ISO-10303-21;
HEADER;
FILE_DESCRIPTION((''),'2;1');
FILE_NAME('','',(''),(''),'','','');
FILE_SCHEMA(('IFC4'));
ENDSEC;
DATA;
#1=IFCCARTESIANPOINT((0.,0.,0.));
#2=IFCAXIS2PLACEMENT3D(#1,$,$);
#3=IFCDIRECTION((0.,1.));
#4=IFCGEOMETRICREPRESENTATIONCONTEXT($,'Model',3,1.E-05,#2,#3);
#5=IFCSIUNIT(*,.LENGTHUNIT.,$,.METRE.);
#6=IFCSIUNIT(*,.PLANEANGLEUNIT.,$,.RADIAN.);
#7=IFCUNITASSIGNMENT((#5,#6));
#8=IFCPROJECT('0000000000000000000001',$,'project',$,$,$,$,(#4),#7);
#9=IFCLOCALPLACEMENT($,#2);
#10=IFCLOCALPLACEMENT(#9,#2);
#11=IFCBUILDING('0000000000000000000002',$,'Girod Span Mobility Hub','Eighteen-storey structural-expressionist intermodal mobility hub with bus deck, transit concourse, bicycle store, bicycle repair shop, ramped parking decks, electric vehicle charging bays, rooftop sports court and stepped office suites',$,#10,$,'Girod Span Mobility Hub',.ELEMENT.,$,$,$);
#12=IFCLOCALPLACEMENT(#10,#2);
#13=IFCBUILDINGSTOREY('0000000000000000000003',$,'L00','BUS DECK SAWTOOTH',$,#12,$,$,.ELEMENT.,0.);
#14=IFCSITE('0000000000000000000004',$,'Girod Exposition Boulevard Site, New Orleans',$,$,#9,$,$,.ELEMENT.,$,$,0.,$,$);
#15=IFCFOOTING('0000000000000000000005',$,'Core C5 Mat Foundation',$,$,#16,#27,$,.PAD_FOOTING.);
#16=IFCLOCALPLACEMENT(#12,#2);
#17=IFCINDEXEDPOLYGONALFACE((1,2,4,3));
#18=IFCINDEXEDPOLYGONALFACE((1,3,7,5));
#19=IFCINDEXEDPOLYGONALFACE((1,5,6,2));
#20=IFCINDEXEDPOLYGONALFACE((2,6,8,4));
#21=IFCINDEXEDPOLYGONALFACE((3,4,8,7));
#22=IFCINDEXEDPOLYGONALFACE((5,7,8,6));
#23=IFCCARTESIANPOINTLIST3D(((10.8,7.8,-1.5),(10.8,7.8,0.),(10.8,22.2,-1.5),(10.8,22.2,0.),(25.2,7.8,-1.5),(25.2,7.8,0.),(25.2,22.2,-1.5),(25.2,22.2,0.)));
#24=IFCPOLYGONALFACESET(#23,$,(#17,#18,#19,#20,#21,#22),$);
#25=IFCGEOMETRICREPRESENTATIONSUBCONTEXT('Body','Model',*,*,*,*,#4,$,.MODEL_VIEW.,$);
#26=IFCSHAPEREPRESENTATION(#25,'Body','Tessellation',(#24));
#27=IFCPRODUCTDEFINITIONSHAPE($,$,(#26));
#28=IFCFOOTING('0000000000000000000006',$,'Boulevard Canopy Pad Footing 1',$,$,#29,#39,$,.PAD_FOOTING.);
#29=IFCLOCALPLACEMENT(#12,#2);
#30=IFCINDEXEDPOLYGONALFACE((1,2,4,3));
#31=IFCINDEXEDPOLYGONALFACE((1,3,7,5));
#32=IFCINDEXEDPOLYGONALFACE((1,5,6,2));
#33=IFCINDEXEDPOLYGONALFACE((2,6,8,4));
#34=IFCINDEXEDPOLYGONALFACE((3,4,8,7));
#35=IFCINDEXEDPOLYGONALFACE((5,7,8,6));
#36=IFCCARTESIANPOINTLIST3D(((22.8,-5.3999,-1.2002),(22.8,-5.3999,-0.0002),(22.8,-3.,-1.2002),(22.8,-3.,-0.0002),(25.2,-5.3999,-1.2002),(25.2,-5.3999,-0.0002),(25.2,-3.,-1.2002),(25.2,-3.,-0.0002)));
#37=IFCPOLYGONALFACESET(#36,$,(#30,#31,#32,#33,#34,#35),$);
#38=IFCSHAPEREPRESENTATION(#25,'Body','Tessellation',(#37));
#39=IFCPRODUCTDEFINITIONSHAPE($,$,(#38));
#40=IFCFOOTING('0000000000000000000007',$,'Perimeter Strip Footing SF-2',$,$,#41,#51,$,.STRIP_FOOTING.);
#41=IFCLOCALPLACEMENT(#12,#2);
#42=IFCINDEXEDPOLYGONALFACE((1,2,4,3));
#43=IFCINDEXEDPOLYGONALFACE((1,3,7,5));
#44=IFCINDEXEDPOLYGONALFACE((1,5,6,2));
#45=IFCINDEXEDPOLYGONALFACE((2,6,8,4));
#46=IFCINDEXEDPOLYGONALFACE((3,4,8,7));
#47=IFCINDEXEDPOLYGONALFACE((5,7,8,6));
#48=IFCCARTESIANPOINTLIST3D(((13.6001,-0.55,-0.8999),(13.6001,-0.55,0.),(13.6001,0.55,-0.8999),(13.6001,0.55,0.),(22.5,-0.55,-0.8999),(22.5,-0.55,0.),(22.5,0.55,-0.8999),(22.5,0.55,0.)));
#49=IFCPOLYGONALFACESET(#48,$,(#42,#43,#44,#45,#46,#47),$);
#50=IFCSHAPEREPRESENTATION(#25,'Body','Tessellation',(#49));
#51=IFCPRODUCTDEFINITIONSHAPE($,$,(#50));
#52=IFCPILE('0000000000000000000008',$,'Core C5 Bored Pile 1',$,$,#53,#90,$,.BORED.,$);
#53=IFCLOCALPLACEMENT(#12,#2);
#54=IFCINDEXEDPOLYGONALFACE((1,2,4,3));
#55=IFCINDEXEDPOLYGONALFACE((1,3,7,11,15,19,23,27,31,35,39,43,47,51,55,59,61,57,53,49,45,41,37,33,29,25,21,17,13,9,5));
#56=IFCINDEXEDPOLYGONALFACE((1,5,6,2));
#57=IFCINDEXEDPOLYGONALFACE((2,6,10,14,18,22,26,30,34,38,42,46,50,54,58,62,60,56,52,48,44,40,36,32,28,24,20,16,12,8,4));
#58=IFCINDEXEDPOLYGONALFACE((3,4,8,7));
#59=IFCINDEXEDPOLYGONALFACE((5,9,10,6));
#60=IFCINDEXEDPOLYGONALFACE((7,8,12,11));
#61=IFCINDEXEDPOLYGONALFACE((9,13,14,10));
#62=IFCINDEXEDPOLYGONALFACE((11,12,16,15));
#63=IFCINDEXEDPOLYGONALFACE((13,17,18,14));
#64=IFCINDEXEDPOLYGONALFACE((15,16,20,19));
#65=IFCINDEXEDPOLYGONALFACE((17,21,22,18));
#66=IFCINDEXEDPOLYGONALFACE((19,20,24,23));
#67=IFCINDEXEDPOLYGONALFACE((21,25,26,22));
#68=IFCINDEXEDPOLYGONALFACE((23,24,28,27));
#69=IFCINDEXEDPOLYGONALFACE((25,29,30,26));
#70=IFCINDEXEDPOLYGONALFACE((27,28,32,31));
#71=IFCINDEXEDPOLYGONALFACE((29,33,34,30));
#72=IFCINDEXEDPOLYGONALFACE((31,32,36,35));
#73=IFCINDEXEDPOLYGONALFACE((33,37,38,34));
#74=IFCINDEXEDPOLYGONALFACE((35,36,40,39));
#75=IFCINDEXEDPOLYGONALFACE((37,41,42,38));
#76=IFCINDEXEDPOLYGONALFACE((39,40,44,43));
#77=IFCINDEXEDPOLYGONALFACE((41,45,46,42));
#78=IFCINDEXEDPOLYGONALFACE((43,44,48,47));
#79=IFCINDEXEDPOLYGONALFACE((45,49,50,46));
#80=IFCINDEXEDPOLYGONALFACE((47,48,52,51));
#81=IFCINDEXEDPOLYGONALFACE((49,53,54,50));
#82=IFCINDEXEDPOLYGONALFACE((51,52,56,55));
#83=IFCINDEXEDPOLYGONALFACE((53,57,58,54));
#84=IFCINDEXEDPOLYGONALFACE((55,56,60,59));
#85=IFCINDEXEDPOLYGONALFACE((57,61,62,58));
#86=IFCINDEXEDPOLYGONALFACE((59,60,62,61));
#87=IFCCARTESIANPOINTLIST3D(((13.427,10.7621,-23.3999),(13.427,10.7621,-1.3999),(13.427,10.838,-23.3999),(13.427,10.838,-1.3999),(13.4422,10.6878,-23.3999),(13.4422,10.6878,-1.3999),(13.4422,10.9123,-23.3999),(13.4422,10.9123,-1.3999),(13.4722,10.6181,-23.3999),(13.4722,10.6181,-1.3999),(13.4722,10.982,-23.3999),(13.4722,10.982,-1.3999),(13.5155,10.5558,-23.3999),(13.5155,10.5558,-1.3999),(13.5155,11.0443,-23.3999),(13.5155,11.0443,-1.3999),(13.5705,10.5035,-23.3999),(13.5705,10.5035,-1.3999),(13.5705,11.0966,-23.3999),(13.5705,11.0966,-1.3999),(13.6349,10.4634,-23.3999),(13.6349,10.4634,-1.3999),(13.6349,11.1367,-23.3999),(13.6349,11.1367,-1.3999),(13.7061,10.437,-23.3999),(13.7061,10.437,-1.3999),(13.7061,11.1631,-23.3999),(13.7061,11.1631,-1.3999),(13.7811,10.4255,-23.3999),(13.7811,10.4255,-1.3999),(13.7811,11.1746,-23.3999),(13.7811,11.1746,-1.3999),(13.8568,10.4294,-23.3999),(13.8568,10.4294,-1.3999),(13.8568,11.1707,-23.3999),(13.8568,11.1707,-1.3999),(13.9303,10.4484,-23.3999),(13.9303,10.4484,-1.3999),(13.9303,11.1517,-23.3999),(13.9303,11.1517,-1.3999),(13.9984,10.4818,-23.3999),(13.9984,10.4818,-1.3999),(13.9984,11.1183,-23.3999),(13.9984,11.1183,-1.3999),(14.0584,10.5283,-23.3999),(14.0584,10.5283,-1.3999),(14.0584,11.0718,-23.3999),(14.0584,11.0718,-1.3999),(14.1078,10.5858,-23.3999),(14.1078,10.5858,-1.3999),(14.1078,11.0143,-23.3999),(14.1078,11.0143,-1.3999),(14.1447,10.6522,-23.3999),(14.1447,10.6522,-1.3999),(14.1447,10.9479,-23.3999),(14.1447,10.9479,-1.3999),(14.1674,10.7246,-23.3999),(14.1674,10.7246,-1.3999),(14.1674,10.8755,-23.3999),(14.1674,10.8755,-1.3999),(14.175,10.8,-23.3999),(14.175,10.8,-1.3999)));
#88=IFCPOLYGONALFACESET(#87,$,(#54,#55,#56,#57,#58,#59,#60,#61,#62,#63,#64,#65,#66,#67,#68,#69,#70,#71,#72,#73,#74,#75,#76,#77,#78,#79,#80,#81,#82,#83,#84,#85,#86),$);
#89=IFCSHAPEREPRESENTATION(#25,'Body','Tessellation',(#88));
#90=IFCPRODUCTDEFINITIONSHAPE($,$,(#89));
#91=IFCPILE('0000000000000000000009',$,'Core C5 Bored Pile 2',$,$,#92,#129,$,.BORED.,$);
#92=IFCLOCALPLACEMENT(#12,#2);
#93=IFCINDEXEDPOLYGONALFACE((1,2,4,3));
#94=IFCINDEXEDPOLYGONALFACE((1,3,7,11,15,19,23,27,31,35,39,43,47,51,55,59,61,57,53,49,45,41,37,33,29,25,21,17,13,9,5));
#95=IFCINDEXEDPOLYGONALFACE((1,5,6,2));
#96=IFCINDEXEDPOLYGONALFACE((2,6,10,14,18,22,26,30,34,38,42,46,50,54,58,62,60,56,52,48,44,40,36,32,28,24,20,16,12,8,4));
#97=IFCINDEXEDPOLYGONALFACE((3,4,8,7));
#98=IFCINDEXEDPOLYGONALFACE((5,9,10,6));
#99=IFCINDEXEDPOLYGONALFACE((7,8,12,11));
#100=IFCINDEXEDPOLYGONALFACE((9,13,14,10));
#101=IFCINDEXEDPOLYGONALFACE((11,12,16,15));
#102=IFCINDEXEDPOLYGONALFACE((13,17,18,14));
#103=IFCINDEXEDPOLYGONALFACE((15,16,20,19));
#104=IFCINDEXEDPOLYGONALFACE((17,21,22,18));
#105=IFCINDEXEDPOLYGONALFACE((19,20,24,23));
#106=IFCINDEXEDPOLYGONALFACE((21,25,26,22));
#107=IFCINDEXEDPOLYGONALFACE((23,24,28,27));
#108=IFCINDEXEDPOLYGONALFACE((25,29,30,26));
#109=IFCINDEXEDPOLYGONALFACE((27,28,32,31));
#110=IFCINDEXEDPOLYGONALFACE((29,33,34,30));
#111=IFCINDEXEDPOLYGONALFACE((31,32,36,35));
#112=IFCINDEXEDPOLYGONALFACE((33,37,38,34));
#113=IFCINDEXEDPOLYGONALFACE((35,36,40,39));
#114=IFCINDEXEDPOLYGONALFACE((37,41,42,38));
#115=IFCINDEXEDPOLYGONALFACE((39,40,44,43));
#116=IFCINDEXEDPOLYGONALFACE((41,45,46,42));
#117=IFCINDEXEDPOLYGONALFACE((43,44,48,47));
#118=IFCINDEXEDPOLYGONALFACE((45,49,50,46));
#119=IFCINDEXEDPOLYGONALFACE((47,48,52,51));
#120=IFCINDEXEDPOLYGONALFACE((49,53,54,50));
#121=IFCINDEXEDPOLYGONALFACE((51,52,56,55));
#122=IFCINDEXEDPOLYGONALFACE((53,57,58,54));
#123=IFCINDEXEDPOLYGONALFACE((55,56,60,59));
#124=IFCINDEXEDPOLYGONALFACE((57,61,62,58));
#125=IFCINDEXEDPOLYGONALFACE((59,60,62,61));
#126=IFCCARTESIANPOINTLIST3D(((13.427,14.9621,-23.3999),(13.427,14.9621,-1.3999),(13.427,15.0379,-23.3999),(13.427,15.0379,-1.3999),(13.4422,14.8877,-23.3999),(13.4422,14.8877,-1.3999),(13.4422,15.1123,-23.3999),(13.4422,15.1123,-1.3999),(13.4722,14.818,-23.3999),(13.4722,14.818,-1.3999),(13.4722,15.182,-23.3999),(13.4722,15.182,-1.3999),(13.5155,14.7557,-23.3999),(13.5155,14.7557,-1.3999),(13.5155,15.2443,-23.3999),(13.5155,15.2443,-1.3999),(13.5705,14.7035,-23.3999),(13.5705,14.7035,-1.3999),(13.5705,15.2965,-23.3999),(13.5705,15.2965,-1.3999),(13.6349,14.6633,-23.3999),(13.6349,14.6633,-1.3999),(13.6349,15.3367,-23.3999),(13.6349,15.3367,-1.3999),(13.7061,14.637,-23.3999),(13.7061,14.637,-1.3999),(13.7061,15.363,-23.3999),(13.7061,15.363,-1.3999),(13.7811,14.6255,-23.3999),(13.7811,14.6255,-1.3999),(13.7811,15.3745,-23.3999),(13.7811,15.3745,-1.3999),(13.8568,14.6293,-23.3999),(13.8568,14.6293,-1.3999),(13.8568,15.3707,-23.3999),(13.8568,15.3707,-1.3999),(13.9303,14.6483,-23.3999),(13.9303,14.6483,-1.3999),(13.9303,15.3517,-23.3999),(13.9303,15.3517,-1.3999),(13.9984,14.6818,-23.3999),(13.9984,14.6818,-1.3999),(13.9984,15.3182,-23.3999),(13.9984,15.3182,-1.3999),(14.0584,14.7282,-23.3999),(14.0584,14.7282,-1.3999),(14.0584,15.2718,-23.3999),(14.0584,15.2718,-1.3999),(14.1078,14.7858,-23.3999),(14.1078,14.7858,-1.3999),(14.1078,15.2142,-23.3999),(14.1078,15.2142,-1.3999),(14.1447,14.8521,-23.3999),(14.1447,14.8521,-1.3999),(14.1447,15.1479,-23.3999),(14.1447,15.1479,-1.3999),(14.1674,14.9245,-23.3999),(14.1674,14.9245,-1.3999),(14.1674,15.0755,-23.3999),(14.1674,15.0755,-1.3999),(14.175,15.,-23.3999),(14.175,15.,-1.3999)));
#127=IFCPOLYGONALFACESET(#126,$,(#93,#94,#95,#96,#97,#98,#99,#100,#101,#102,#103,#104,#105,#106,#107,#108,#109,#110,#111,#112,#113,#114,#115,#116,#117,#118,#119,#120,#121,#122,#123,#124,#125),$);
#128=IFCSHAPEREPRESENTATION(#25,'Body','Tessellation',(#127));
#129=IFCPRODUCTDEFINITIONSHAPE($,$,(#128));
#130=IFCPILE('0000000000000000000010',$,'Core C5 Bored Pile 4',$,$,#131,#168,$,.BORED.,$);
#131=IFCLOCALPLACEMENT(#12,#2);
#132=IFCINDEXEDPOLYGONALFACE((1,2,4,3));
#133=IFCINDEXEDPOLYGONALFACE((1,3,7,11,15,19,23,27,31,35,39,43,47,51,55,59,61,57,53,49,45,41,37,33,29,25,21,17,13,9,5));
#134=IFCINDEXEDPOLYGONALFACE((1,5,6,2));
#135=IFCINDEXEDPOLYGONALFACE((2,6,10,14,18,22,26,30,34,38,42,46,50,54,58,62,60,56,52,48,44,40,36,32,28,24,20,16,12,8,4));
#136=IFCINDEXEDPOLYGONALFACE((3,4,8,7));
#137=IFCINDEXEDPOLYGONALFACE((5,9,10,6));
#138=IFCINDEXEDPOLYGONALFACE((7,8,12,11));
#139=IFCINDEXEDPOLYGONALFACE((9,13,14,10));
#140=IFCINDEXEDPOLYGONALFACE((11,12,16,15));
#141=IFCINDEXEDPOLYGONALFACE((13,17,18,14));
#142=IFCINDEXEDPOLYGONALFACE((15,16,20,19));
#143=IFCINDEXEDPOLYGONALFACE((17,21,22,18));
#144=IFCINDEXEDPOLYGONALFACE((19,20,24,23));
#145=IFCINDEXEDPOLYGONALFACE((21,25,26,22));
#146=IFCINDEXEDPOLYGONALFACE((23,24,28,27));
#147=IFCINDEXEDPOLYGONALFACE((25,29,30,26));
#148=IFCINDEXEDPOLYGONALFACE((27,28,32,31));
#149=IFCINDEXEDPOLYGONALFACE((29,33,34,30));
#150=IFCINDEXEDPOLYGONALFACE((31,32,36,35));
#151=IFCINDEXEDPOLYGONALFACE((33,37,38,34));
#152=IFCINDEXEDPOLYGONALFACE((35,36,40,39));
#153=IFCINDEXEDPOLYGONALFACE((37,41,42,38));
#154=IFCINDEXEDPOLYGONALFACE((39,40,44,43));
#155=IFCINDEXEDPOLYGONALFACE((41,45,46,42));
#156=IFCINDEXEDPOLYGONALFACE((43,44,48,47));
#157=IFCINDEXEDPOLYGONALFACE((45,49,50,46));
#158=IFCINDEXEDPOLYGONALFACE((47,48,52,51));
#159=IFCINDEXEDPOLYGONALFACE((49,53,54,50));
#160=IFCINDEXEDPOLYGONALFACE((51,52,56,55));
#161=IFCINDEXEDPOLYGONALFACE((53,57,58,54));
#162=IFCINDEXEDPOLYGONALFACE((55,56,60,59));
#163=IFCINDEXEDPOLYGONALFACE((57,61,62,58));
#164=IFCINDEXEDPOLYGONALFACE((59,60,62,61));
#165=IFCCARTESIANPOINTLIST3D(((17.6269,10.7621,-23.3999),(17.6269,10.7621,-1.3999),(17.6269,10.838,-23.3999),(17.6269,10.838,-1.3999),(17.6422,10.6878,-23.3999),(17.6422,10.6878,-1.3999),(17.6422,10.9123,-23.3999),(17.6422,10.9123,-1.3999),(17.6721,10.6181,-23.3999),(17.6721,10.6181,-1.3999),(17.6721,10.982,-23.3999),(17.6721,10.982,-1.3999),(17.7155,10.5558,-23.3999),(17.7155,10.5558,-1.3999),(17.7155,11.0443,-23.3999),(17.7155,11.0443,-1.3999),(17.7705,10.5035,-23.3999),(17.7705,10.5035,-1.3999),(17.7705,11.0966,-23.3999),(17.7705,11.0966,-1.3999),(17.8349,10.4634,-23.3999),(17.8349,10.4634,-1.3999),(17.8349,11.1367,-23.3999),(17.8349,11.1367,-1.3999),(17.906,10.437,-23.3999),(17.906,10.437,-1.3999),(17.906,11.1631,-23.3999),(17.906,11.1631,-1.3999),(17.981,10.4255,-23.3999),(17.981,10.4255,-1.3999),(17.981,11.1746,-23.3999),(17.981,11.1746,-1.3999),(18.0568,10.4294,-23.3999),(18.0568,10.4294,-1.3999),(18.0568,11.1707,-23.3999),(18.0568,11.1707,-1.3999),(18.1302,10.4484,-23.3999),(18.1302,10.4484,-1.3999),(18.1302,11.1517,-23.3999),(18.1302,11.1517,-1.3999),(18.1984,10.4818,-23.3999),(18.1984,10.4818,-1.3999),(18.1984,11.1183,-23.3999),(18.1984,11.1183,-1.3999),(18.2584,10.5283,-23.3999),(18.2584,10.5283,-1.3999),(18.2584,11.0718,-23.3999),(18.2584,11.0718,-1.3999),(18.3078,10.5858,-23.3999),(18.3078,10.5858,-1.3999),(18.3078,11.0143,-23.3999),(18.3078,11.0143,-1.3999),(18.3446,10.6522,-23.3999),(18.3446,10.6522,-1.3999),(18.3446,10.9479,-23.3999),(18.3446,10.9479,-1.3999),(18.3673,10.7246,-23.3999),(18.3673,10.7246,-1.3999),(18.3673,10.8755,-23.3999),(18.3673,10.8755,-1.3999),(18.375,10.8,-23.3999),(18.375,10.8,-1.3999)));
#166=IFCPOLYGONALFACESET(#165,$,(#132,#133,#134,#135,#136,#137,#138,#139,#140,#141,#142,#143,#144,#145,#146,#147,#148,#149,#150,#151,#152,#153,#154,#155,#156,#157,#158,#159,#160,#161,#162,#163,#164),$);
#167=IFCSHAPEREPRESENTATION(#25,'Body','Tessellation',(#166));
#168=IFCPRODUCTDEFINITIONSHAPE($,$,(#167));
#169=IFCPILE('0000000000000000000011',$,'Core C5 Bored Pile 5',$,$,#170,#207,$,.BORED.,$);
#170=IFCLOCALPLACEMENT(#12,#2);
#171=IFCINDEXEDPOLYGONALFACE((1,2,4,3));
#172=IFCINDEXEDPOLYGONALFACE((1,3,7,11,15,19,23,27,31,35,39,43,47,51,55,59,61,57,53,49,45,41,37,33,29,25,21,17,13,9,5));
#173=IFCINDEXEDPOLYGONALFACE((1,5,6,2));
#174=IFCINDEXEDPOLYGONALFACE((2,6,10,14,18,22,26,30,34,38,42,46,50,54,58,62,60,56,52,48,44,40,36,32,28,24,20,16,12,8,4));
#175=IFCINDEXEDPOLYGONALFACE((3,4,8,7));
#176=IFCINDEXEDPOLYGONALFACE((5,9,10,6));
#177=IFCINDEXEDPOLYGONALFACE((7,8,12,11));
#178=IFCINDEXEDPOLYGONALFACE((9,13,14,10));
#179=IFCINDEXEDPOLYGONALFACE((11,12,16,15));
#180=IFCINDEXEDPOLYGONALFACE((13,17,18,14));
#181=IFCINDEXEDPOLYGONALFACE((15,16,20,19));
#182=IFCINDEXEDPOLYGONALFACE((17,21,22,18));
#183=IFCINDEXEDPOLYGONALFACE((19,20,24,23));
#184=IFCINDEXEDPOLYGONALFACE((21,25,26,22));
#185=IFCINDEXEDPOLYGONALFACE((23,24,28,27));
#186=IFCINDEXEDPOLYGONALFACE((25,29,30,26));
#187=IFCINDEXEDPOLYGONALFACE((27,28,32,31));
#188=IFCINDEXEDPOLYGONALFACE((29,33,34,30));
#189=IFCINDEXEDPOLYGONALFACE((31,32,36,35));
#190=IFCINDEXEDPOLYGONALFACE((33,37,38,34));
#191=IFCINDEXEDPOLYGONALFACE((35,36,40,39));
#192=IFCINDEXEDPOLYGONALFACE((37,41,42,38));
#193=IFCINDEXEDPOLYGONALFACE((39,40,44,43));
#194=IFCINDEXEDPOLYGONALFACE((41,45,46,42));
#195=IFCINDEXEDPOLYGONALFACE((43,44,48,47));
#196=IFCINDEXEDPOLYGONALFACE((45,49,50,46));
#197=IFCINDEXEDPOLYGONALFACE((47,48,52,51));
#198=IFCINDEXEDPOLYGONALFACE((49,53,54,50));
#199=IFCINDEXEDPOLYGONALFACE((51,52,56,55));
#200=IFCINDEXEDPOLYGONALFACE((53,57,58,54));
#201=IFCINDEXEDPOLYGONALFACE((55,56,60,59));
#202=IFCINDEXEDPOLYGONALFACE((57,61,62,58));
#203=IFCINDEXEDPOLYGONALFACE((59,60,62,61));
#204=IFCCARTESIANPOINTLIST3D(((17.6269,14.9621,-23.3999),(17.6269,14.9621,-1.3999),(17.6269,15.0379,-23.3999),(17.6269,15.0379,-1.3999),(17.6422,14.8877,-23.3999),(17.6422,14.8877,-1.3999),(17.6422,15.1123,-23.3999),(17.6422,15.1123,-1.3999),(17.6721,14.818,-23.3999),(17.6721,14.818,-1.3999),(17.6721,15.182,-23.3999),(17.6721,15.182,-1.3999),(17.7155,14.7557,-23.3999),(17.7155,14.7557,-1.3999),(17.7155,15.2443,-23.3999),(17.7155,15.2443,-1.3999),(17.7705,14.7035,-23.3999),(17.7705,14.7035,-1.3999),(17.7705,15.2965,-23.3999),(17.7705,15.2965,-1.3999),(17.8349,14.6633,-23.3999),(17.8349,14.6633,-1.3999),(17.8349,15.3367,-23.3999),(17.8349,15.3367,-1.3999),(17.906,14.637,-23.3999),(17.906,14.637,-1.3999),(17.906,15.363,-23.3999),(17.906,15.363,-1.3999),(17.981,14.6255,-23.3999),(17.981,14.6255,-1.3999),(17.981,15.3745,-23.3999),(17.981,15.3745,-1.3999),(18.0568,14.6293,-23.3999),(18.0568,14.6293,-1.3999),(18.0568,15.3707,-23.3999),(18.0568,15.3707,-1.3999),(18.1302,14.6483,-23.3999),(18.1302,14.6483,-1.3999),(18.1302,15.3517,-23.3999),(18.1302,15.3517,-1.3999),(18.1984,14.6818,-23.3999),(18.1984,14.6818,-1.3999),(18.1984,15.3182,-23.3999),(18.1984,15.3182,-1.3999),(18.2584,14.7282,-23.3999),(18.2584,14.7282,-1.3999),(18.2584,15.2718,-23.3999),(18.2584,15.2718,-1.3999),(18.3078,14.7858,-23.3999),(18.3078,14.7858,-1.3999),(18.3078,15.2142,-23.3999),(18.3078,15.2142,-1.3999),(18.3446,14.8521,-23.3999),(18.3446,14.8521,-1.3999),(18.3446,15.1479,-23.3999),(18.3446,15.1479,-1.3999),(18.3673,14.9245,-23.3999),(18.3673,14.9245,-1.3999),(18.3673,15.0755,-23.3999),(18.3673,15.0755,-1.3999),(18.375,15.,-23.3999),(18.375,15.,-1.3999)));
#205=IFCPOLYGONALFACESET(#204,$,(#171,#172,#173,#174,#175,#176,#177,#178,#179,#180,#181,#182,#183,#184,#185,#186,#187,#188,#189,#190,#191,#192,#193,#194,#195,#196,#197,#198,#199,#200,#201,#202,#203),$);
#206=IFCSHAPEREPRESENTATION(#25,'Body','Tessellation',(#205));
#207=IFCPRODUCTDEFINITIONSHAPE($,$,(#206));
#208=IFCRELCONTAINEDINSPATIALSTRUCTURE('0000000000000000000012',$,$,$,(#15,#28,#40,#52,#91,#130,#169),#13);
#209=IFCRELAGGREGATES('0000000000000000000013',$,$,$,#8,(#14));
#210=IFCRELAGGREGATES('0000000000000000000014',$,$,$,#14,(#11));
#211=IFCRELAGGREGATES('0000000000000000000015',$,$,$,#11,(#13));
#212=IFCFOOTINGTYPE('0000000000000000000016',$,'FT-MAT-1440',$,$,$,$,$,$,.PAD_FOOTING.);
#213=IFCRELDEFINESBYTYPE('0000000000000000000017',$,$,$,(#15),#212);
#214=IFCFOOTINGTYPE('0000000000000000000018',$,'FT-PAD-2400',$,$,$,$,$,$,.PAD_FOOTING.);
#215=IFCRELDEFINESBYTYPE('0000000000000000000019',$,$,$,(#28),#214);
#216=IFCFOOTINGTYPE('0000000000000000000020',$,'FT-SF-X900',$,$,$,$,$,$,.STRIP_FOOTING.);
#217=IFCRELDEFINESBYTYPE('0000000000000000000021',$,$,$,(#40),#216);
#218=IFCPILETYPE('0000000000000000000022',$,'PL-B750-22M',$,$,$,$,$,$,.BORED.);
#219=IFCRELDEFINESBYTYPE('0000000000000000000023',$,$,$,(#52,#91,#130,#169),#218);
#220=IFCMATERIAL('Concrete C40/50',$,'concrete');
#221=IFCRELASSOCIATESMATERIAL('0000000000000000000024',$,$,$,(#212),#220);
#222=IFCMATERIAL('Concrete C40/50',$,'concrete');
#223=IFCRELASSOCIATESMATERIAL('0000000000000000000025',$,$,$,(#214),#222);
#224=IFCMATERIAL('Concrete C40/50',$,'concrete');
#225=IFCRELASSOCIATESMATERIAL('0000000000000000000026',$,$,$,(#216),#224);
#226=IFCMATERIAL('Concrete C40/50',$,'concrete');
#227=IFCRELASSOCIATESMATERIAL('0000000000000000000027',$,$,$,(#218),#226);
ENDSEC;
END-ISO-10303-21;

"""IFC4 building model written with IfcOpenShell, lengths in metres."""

from ifc_helpers import new_model, si_unit, direction, frame, origin, origin_2d, place, context, subcontext, project, spatial, rectangle, circle, extrude, material, material_profile, profile_set, type_object, element, save


model = new_model("IFC4")

# Units and contexts
model_context = context("Model", 3, precision=1e-05, world=origin(), true_north=direction((0.0, 1.0)))
body_context = subcontext(model_context, "Body", "Model", "MODEL_VIEW")
ifc_project = project(units=[si_unit("LENGTHUNIT", "METRE"), si_unit("PLANEANGLEUNIT", "RADIAN")], contexts=[model_context])

# Site, building, storey
site_placement = place(None, origin())
site = spatial("IfcSite", under=ifc_project, at=site_placement, Name="Girod Exposition Boulevard Site, New Orleans", CompositionType="ELEMENT", RefElevation=0.0)
building_placement = place(site_placement, origin())
building = spatial("IfcBuilding", under=site, at=building_placement, Name="Girod Span Mobility Hub", Description="Eighteen-storey structural-expressionist intermodal mobility hub with bus deck, transit concourse, bicycle store, bicycle repair shop, ramped parking decks, electric vehicle charging bays, rooftop sports court and stepped office suites", LongName="Girod Span Mobility Hub", CompositionType="ELEMENT")
storey_placement = place(building_placement, origin())
storey = spatial("IfcBuildingStorey", under=building, at=storey_placement, Name="L00", Description="BUS DECK SAWTOOTH", CompositionType="ELEMENT", Elevation=0.0)

# Footings
ifc_material_1 = material(Name="Concrete C40/50", Category="concrete")
footing_type_1 = type_object("IfcFootingType", Name="FT-MAT-1440", PredefinedType="PAD_FOOTING", material=ifc_material_1)
footing_1_placement = place(storey_placement, frame((18.0, 15.0, -1.5), z_axis=(0.0, 0.0, 1.0), x_axis=(1.0, 0.0, 0.0)))
element("IfcFooting", 1, at=footing_1_placement, inside=storey, type_object=footing_type_1, Name="Core C5 Mat Foundation", PredefinedType="PAD_FOOTING", context=body_context, shape_type="SweptSolid", body=[
    extrude(rectangle(XDim=14.3999, YDim=14.3999, at=origin_2d()), origin(), (0.0, 0.0, 1.0), 1.5),
])
ifc_material_2 = material(Name="Concrete C40/50", Category="concrete")
footing_type_2 = type_object("IfcFootingType", Name="FT-PAD-2400", PredefinedType="PAD_FOOTING", material=ifc_material_2)
footing_2_placement = place(storey_placement, frame((24.0, -4.2, -1.2002), z_axis=(0.0, 0.0, 1.0), x_axis=(1.0, 0.0, 0.0)))
element("IfcFooting", 2, at=footing_2_placement, inside=storey, type_object=footing_type_2, Name="Boulevard Canopy Pad Footing 1", PredefinedType="PAD_FOOTING", context=body_context, shape_type="SweptSolid", body=[
    extrude(rectangle(XDim=2.3999, YDim=2.3999, at=origin_2d()), origin(), (0.0, 0.0, 1.0), 1.2),
])
ifc_material_3 = material(Name="Concrete C40/50", Category="concrete")
footing_type_3 = type_object("IfcFootingType", Name="FT-SF-X900", PredefinedType="STRIP_FOOTING", material=ifc_material_3)
footing_3_placement = place(storey_placement, frame((18.05, 0.0, -0.8999), z_axis=(0.0, 0.0, 1.0), x_axis=(1.0, 0.0, 0.0)))
element("IfcFooting", 3, at=footing_3_placement, inside=storey, type_object=footing_type_3, Name="Perimeter Strip Footing SF-2", PredefinedType="STRIP_FOOTING", context=body_context, shape_type="SweptSolid", body=[
    extrude(rectangle(XDim=8.8999, YDim=1.1001, at=origin_2d()), origin(), (0.0, 0.0, 1.0), 0.8999),
])

# Piles
ifc_material_4 = material(Name="Concrete C40/50", Category="concrete")
ifc_material_profile_1 = material_profile(ifc_material_4, circle(Radius=0.375, at=origin_2d()), Name="PILE-D750")
ifc_profile_set_1 = profile_set([ifc_material_profile_1], Name="Concrete C40/50")
pile_type_1 = type_object("IfcPileType", Name="PL-B750-22M", PredefinedType="BORED", material=ifc_profile_set_1)
for number, where, z_axis, x_axis, name in (
    (4, (13.8, 10.8, -1.3999), (0.0, 0.0, -1.0), (1.0, 0.0, 0.0), "Core C5 Bored Pile 1"),
    (5, (13.8, 15.0, -1.3999), (0.0, 0.0, -1.0), (1.0, 0.0, 0.0), "Core C5 Bored Pile 2"),
    (6, (18.0, 10.8, -1.3999), (0.0, 0.0, -1.0), (1.0, 0.0, 0.0), "Core C5 Bored Pile 4"),
    (7, (18.0, 15.0, -1.3999), (0.0, 0.0, -1.0), (1.0, 0.0, 0.0), "Core C5 Bored Pile 5"),
):
    element("IfcPile", number, at=place(storey_placement, frame(where, z_axis=z_axis, x_axis=x_axis)), inside=storey, type_object=pile_type_1, Name=name, PredefinedType="BORED", context=body_context, shape_type="SweptSolid", body=[
        extrude(circle(Radius=0.375, at=origin_2d()), origin(), (0.0, 0.0, 1.0), 22.0),
    ])

save(model, "model.ifc")
